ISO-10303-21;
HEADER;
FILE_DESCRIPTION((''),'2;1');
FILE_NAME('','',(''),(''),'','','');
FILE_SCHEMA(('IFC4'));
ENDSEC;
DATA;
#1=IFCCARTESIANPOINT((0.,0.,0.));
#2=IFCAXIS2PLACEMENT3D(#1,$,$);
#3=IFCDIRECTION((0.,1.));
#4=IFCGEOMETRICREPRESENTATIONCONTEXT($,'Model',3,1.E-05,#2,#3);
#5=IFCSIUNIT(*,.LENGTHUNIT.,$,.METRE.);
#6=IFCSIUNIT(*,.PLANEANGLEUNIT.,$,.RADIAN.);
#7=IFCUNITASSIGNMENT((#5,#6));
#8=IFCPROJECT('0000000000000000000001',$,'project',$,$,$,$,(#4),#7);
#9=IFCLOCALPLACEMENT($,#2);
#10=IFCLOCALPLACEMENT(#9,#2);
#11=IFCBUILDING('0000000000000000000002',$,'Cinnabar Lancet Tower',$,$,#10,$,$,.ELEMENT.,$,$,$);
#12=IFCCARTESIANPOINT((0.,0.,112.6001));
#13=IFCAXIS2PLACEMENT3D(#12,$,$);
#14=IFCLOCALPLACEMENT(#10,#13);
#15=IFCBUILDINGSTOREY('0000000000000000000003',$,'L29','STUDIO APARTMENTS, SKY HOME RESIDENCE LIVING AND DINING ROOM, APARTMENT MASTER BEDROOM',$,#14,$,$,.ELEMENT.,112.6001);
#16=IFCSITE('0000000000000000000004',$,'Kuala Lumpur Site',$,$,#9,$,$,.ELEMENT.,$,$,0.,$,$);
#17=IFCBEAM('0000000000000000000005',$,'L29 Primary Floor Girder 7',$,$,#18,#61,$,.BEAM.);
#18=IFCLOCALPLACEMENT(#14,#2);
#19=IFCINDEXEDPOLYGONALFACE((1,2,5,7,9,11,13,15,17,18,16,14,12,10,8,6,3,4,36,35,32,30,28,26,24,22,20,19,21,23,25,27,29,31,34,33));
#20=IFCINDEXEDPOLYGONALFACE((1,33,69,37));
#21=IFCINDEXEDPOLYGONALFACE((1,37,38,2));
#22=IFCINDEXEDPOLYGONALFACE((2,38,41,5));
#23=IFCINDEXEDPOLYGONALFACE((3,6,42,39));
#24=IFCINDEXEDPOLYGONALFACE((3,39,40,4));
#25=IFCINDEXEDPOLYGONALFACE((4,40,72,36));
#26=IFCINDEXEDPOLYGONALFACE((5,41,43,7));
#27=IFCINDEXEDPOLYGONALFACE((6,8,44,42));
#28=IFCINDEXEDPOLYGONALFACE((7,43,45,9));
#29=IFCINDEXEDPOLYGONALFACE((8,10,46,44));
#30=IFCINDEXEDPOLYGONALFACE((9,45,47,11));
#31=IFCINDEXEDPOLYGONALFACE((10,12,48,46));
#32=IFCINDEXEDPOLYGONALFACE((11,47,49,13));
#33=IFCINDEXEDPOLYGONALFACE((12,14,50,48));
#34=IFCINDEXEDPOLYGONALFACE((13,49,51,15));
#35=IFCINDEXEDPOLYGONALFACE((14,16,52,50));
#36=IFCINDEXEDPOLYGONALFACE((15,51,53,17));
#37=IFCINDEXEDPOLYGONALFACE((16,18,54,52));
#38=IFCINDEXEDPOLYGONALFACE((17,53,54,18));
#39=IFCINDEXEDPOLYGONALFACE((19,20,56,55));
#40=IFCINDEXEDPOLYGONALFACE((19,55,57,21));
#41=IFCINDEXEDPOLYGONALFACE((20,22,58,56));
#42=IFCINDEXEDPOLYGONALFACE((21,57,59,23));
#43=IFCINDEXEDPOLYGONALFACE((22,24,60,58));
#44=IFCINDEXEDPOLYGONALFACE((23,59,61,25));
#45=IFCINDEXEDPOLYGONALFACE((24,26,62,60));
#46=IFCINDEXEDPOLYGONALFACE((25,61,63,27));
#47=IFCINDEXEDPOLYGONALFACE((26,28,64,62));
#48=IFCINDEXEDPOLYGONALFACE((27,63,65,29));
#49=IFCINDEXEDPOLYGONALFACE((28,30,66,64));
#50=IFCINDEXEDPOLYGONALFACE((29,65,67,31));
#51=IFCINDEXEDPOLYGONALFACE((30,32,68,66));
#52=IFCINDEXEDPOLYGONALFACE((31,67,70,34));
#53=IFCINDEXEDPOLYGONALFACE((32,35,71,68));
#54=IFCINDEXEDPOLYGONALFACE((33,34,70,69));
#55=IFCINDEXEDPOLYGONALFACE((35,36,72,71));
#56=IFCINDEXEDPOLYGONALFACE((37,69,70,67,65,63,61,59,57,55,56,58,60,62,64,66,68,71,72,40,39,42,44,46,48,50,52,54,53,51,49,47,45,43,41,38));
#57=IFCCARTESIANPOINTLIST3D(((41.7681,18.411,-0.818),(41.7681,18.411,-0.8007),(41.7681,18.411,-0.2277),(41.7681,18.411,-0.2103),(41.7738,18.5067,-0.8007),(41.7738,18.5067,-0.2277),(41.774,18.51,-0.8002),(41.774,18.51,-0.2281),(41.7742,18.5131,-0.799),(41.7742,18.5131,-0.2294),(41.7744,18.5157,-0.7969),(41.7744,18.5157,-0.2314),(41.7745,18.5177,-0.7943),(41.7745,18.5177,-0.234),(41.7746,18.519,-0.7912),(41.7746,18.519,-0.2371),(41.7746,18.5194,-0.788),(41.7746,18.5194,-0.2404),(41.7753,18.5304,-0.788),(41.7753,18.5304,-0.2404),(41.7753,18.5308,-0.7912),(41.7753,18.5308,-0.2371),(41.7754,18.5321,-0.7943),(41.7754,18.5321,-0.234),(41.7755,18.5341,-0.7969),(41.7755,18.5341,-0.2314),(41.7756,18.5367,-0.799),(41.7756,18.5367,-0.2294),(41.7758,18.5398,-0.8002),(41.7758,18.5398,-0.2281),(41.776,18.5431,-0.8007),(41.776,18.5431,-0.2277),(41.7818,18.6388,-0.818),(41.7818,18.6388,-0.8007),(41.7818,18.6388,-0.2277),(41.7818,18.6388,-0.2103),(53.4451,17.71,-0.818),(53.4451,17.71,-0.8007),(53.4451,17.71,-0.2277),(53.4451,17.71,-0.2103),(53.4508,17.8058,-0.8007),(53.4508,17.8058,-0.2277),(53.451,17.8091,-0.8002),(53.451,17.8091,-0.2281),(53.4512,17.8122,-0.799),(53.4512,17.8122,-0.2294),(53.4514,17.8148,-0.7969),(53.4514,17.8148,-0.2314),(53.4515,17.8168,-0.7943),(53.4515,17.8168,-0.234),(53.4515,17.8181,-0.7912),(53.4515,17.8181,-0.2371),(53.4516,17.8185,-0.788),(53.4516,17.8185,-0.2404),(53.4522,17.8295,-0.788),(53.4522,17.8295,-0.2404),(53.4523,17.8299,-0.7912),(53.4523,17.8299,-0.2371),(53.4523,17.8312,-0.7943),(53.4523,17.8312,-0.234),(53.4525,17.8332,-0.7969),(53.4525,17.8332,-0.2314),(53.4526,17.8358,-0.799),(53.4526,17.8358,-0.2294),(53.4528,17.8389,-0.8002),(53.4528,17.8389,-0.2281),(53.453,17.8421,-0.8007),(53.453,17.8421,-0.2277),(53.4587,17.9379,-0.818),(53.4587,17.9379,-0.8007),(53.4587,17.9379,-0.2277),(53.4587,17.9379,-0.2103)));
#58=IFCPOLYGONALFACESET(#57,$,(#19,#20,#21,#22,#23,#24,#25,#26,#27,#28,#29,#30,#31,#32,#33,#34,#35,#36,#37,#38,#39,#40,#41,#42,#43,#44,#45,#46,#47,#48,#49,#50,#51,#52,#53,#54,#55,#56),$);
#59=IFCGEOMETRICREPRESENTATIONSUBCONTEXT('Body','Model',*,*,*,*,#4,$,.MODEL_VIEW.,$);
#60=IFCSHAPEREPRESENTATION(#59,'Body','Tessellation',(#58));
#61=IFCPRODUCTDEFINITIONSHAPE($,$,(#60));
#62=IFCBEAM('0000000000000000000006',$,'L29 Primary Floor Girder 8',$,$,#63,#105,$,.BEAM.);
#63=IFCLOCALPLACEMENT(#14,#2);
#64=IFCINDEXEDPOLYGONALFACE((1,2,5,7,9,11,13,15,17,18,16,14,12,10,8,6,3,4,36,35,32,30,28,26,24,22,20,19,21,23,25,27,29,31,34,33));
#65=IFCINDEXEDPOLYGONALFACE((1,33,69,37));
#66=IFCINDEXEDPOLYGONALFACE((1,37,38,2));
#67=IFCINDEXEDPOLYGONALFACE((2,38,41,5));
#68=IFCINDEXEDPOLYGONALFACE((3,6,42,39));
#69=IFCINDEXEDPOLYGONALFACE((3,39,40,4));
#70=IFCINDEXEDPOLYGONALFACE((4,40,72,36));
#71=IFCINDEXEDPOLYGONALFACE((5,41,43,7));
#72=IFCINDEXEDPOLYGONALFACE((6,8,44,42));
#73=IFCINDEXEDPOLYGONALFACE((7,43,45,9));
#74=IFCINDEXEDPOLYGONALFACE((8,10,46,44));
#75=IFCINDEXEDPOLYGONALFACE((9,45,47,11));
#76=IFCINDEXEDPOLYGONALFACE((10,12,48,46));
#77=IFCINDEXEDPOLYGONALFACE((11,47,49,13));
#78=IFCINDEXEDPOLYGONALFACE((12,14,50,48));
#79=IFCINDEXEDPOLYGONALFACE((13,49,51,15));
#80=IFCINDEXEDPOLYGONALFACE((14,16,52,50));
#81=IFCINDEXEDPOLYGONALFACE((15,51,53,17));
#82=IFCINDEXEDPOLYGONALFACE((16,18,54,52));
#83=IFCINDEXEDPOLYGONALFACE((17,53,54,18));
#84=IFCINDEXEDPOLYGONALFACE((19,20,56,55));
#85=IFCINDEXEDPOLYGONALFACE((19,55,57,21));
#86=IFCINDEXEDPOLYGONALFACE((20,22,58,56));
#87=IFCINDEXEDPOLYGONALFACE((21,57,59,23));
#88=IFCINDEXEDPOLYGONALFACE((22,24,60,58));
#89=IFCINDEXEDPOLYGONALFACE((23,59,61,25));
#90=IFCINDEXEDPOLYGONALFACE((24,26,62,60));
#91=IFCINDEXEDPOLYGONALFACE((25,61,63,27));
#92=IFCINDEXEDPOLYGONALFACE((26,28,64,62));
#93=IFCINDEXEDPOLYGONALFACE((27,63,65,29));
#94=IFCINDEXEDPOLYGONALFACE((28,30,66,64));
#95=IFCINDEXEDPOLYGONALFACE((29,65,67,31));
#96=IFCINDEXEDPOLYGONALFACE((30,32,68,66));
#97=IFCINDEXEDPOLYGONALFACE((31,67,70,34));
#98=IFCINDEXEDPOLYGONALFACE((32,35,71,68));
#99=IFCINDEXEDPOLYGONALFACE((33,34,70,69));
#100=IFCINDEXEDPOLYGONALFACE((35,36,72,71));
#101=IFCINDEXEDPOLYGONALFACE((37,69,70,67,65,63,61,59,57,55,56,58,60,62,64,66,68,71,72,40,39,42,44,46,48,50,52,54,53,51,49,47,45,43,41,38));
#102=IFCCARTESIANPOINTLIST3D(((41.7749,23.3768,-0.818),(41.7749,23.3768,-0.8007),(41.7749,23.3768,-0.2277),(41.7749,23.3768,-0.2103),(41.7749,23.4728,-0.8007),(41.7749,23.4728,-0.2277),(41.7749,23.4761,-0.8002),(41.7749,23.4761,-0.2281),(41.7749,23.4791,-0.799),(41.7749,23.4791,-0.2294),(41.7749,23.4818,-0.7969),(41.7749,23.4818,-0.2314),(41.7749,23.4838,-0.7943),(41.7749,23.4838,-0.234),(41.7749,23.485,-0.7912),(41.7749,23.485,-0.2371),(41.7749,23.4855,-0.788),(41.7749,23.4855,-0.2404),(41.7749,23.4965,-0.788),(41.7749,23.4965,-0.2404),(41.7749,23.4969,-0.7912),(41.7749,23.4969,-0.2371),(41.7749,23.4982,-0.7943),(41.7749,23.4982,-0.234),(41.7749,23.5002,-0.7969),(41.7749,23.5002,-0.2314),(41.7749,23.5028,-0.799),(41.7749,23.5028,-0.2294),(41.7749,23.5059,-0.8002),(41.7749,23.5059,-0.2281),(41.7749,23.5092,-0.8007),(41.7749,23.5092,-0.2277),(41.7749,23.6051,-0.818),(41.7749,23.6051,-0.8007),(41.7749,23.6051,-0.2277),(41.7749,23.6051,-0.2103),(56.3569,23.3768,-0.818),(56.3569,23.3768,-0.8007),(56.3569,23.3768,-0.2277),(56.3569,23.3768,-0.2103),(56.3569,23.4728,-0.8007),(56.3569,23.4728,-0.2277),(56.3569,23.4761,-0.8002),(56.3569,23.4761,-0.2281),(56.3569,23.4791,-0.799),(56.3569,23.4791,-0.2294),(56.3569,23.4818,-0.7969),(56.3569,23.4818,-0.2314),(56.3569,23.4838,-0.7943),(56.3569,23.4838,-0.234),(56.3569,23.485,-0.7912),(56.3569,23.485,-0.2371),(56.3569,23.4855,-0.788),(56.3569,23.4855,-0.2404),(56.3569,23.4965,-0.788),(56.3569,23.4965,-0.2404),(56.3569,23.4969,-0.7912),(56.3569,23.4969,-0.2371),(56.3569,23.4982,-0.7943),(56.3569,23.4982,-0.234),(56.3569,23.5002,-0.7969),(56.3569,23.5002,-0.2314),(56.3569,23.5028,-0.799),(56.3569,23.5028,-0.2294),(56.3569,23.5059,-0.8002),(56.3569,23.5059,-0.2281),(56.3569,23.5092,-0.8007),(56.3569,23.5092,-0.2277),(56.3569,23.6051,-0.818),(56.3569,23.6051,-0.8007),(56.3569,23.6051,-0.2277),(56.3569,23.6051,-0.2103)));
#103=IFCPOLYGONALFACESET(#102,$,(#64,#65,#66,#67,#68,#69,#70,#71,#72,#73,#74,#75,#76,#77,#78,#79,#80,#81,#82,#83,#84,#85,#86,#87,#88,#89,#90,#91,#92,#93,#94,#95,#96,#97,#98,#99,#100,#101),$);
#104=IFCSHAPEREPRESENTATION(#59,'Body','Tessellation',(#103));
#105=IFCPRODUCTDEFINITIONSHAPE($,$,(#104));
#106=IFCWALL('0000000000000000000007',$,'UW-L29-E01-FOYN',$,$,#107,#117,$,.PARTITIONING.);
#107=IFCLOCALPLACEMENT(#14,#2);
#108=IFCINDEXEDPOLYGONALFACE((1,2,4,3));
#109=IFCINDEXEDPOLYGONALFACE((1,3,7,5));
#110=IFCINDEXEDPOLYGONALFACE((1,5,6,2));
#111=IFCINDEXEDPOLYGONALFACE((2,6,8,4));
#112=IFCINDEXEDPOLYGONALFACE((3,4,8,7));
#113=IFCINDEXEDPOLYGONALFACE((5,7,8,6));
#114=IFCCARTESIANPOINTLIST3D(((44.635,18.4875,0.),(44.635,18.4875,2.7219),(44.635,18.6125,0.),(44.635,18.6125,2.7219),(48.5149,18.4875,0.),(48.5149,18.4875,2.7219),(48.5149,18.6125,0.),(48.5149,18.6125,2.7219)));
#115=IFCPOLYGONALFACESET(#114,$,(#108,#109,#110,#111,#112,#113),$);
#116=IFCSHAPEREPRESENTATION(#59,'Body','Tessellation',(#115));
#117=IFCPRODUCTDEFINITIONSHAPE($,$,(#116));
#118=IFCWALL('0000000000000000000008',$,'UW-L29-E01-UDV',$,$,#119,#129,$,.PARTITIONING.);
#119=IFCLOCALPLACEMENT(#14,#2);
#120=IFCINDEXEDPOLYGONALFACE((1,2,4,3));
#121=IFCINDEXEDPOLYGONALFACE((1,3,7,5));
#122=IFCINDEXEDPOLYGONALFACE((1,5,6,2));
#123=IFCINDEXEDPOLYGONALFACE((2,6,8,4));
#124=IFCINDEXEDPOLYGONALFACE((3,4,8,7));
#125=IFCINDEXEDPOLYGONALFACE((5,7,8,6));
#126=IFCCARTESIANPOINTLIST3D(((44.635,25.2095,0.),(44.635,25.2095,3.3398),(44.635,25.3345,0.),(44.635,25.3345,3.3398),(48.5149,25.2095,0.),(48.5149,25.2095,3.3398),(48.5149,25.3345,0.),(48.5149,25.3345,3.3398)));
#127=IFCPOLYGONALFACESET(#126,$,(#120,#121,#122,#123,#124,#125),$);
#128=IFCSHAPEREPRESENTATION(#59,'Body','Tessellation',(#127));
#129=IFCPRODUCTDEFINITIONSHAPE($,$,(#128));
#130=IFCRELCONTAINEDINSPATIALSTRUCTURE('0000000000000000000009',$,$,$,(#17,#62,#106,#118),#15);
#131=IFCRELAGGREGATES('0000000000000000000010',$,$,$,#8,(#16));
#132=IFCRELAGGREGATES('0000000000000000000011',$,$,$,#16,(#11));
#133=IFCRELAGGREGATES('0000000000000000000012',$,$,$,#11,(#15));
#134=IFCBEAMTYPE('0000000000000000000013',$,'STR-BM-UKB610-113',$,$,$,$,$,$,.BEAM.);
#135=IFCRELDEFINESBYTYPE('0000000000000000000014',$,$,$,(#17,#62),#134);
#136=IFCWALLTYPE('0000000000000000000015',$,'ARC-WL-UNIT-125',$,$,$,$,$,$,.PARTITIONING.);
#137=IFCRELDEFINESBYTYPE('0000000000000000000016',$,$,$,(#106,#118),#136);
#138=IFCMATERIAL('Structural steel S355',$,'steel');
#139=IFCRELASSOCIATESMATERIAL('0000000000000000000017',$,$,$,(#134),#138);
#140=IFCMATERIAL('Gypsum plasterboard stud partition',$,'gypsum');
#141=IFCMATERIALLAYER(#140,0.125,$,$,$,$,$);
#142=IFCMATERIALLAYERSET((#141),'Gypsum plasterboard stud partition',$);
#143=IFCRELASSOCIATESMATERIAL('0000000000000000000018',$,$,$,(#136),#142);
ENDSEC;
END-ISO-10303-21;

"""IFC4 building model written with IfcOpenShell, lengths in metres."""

from ifc_helpers import new_model, si_unit, direction, frame, frame_2d, origin, origin_2d, place, context, subcontext, project, spatial, rectangle, i_section, extrude, material, layer, layer_set, material_profile, profile_set, type_object, element, save


model = new_model("IFC4")

# Units and contexts
model_context = context("Model", 3, precision=1e-05, world=origin(), true_north=direction((0.0, 1.0)))
body_context = subcontext(model_context, "Body", "Model", "MODEL_VIEW")
ifc_project = project(units=[si_unit("LENGTHUNIT", "METRE"), si_unit("PLANEANGLEUNIT", "RADIAN")], contexts=[model_context])

# Site, building, storey
site_placement = place(None, origin())
site = spatial("IfcSite", under=ifc_project, at=site_placement, Name="Kuala Lumpur Site", CompositionType="ELEMENT", RefElevation=0.0)
building_placement = place(site_placement, origin())
building = spatial("IfcBuilding", under=site, at=building_placement, Name="Cinnabar Lancet Tower", CompositionType="ELEMENT")
storey_placement = place(building_placement, frame((0.0, 0.0, 112.6001)))
storey = spatial("IfcBuildingStorey", under=building, at=storey_placement, Name="L29", Description="STUDIO APARTMENTS, SKY HOME RESIDENCE LIVING AND DINING ROOM, APARTMENT MASTER BEDROOM", CompositionType="ELEMENT", Elevation=112.6001)

# Beams
ifc_material_1 = material(Name="Structural steel S355", Category="steel")
ifc_material_profile_1 = material_profile(ifc_material_1, i_section(OverallWidth=0.2283, OverallDepth=0.6077, WebThickness=0.011, FlangeThickness=0.0173, FilletRadius=0.0127, at=origin_2d()), Name="UKB 610x229x113")
ifc_profile_set_1 = profile_set([ifc_material_profile_1], Name="Structural steel S355")
beam_type_1 = type_object("IfcBeamType", Name="STR-BM-UKB610-113", PredefinedType="BEAM", material=ifc_profile_set_1)
beam_1_placement = place(storey_placement, frame((53.4519, 17.824, -0.5142), z_axis=(-0.998203, 0.059918, 0.0), x_axis=(-0.059918, -0.998203, 0.0)))
element("IfcBeam", 1, at=beam_1_placement, inside=storey, type_object=beam_type_1, Name="L29 Primary Floor Girder 7", PredefinedType="BEAM", context=body_context, shape_type="SweptSolid", body=[
    extrude(i_section(OverallWidth=0.2283, OverallDepth=0.6077, WebThickness=0.011, FlangeThickness=0.0173, FilletRadius=0.0127, at=origin_2d()), origin(), (0.0, 0.0, 1.0), 11.698),
])
beam_2_placement = place(storey_placement, frame((56.3569, 23.491, -0.5142), z_axis=(-1.0, 0.0, 0.0), x_axis=(0.0, -1.0, 0.0)))
element("IfcBeam", 2, at=beam_2_placement, inside=storey, type_object=beam_type_1, Name="L29 Primary Floor Girder 8", PredefinedType="BEAM", context=body_context, shape_type="SweptSolid", body=[
    extrude(i_section(OverallWidth=0.2283, OverallDepth=0.6077, WebThickness=0.011, FlangeThickness=0.0173, FilletRadius=0.0127, at=origin_2d()), origin(), (0.0, 0.0, 1.0), 14.582),
])

# Walls
ifc_material_2 = material(Name="Gypsum plasterboard stud partition", Category="gypsum")
ifc_layer_1 = layer(ifc_material_2, 0.125)
ifc_layer_set_1 = layer_set([ifc_layer_1], Name="Gypsum plasterboard stud partition")
wall_type_1 = type_object("IfcWallType", Name="ARC-WL-UNIT-125", PredefinedType="PARTITIONING", material=ifc_layer_set_1)
wall_1_placement = place(storey_placement, frame((44.635, 18.55, 0.0), z_axis=(0.0, 0.0, 1.0), x_axis=(1.0, 0.0, 0.0)))
element("IfcWall", 3, at=wall_1_placement, inside=storey, type_object=wall_type_1, Name="UW-L29-E01-FOYN", PredefinedType="PARTITIONING", context=body_context, shape_type="SweptSolid", body=[
    extrude(rectangle(XDim=3.8799, YDim=0.125, at=frame_2d((1.9399, 0.0))), origin(), (0.0, 0.0, 1.0), 2.7219),
])
wall_2_placement = place(storey_placement, frame((44.635, 25.272, 0.0), z_axis=(0.0, 0.0, 1.0), x_axis=(1.0, 0.0, 0.0)))
element("IfcWall", 4, at=wall_2_placement, inside=storey, type_object=wall_type_1, Name="UW-L29-E01-UDV", PredefinedType="PARTITIONING", context=body_context, shape_type="SweptSolid", body=[
    extrude(rectangle(XDim=3.8799, YDim=0.125, at=frame_2d((1.9399, 0.0))), origin(), (0.0, 0.0, 1.0), 3.3398),
])

save(model, "model.ifc")
